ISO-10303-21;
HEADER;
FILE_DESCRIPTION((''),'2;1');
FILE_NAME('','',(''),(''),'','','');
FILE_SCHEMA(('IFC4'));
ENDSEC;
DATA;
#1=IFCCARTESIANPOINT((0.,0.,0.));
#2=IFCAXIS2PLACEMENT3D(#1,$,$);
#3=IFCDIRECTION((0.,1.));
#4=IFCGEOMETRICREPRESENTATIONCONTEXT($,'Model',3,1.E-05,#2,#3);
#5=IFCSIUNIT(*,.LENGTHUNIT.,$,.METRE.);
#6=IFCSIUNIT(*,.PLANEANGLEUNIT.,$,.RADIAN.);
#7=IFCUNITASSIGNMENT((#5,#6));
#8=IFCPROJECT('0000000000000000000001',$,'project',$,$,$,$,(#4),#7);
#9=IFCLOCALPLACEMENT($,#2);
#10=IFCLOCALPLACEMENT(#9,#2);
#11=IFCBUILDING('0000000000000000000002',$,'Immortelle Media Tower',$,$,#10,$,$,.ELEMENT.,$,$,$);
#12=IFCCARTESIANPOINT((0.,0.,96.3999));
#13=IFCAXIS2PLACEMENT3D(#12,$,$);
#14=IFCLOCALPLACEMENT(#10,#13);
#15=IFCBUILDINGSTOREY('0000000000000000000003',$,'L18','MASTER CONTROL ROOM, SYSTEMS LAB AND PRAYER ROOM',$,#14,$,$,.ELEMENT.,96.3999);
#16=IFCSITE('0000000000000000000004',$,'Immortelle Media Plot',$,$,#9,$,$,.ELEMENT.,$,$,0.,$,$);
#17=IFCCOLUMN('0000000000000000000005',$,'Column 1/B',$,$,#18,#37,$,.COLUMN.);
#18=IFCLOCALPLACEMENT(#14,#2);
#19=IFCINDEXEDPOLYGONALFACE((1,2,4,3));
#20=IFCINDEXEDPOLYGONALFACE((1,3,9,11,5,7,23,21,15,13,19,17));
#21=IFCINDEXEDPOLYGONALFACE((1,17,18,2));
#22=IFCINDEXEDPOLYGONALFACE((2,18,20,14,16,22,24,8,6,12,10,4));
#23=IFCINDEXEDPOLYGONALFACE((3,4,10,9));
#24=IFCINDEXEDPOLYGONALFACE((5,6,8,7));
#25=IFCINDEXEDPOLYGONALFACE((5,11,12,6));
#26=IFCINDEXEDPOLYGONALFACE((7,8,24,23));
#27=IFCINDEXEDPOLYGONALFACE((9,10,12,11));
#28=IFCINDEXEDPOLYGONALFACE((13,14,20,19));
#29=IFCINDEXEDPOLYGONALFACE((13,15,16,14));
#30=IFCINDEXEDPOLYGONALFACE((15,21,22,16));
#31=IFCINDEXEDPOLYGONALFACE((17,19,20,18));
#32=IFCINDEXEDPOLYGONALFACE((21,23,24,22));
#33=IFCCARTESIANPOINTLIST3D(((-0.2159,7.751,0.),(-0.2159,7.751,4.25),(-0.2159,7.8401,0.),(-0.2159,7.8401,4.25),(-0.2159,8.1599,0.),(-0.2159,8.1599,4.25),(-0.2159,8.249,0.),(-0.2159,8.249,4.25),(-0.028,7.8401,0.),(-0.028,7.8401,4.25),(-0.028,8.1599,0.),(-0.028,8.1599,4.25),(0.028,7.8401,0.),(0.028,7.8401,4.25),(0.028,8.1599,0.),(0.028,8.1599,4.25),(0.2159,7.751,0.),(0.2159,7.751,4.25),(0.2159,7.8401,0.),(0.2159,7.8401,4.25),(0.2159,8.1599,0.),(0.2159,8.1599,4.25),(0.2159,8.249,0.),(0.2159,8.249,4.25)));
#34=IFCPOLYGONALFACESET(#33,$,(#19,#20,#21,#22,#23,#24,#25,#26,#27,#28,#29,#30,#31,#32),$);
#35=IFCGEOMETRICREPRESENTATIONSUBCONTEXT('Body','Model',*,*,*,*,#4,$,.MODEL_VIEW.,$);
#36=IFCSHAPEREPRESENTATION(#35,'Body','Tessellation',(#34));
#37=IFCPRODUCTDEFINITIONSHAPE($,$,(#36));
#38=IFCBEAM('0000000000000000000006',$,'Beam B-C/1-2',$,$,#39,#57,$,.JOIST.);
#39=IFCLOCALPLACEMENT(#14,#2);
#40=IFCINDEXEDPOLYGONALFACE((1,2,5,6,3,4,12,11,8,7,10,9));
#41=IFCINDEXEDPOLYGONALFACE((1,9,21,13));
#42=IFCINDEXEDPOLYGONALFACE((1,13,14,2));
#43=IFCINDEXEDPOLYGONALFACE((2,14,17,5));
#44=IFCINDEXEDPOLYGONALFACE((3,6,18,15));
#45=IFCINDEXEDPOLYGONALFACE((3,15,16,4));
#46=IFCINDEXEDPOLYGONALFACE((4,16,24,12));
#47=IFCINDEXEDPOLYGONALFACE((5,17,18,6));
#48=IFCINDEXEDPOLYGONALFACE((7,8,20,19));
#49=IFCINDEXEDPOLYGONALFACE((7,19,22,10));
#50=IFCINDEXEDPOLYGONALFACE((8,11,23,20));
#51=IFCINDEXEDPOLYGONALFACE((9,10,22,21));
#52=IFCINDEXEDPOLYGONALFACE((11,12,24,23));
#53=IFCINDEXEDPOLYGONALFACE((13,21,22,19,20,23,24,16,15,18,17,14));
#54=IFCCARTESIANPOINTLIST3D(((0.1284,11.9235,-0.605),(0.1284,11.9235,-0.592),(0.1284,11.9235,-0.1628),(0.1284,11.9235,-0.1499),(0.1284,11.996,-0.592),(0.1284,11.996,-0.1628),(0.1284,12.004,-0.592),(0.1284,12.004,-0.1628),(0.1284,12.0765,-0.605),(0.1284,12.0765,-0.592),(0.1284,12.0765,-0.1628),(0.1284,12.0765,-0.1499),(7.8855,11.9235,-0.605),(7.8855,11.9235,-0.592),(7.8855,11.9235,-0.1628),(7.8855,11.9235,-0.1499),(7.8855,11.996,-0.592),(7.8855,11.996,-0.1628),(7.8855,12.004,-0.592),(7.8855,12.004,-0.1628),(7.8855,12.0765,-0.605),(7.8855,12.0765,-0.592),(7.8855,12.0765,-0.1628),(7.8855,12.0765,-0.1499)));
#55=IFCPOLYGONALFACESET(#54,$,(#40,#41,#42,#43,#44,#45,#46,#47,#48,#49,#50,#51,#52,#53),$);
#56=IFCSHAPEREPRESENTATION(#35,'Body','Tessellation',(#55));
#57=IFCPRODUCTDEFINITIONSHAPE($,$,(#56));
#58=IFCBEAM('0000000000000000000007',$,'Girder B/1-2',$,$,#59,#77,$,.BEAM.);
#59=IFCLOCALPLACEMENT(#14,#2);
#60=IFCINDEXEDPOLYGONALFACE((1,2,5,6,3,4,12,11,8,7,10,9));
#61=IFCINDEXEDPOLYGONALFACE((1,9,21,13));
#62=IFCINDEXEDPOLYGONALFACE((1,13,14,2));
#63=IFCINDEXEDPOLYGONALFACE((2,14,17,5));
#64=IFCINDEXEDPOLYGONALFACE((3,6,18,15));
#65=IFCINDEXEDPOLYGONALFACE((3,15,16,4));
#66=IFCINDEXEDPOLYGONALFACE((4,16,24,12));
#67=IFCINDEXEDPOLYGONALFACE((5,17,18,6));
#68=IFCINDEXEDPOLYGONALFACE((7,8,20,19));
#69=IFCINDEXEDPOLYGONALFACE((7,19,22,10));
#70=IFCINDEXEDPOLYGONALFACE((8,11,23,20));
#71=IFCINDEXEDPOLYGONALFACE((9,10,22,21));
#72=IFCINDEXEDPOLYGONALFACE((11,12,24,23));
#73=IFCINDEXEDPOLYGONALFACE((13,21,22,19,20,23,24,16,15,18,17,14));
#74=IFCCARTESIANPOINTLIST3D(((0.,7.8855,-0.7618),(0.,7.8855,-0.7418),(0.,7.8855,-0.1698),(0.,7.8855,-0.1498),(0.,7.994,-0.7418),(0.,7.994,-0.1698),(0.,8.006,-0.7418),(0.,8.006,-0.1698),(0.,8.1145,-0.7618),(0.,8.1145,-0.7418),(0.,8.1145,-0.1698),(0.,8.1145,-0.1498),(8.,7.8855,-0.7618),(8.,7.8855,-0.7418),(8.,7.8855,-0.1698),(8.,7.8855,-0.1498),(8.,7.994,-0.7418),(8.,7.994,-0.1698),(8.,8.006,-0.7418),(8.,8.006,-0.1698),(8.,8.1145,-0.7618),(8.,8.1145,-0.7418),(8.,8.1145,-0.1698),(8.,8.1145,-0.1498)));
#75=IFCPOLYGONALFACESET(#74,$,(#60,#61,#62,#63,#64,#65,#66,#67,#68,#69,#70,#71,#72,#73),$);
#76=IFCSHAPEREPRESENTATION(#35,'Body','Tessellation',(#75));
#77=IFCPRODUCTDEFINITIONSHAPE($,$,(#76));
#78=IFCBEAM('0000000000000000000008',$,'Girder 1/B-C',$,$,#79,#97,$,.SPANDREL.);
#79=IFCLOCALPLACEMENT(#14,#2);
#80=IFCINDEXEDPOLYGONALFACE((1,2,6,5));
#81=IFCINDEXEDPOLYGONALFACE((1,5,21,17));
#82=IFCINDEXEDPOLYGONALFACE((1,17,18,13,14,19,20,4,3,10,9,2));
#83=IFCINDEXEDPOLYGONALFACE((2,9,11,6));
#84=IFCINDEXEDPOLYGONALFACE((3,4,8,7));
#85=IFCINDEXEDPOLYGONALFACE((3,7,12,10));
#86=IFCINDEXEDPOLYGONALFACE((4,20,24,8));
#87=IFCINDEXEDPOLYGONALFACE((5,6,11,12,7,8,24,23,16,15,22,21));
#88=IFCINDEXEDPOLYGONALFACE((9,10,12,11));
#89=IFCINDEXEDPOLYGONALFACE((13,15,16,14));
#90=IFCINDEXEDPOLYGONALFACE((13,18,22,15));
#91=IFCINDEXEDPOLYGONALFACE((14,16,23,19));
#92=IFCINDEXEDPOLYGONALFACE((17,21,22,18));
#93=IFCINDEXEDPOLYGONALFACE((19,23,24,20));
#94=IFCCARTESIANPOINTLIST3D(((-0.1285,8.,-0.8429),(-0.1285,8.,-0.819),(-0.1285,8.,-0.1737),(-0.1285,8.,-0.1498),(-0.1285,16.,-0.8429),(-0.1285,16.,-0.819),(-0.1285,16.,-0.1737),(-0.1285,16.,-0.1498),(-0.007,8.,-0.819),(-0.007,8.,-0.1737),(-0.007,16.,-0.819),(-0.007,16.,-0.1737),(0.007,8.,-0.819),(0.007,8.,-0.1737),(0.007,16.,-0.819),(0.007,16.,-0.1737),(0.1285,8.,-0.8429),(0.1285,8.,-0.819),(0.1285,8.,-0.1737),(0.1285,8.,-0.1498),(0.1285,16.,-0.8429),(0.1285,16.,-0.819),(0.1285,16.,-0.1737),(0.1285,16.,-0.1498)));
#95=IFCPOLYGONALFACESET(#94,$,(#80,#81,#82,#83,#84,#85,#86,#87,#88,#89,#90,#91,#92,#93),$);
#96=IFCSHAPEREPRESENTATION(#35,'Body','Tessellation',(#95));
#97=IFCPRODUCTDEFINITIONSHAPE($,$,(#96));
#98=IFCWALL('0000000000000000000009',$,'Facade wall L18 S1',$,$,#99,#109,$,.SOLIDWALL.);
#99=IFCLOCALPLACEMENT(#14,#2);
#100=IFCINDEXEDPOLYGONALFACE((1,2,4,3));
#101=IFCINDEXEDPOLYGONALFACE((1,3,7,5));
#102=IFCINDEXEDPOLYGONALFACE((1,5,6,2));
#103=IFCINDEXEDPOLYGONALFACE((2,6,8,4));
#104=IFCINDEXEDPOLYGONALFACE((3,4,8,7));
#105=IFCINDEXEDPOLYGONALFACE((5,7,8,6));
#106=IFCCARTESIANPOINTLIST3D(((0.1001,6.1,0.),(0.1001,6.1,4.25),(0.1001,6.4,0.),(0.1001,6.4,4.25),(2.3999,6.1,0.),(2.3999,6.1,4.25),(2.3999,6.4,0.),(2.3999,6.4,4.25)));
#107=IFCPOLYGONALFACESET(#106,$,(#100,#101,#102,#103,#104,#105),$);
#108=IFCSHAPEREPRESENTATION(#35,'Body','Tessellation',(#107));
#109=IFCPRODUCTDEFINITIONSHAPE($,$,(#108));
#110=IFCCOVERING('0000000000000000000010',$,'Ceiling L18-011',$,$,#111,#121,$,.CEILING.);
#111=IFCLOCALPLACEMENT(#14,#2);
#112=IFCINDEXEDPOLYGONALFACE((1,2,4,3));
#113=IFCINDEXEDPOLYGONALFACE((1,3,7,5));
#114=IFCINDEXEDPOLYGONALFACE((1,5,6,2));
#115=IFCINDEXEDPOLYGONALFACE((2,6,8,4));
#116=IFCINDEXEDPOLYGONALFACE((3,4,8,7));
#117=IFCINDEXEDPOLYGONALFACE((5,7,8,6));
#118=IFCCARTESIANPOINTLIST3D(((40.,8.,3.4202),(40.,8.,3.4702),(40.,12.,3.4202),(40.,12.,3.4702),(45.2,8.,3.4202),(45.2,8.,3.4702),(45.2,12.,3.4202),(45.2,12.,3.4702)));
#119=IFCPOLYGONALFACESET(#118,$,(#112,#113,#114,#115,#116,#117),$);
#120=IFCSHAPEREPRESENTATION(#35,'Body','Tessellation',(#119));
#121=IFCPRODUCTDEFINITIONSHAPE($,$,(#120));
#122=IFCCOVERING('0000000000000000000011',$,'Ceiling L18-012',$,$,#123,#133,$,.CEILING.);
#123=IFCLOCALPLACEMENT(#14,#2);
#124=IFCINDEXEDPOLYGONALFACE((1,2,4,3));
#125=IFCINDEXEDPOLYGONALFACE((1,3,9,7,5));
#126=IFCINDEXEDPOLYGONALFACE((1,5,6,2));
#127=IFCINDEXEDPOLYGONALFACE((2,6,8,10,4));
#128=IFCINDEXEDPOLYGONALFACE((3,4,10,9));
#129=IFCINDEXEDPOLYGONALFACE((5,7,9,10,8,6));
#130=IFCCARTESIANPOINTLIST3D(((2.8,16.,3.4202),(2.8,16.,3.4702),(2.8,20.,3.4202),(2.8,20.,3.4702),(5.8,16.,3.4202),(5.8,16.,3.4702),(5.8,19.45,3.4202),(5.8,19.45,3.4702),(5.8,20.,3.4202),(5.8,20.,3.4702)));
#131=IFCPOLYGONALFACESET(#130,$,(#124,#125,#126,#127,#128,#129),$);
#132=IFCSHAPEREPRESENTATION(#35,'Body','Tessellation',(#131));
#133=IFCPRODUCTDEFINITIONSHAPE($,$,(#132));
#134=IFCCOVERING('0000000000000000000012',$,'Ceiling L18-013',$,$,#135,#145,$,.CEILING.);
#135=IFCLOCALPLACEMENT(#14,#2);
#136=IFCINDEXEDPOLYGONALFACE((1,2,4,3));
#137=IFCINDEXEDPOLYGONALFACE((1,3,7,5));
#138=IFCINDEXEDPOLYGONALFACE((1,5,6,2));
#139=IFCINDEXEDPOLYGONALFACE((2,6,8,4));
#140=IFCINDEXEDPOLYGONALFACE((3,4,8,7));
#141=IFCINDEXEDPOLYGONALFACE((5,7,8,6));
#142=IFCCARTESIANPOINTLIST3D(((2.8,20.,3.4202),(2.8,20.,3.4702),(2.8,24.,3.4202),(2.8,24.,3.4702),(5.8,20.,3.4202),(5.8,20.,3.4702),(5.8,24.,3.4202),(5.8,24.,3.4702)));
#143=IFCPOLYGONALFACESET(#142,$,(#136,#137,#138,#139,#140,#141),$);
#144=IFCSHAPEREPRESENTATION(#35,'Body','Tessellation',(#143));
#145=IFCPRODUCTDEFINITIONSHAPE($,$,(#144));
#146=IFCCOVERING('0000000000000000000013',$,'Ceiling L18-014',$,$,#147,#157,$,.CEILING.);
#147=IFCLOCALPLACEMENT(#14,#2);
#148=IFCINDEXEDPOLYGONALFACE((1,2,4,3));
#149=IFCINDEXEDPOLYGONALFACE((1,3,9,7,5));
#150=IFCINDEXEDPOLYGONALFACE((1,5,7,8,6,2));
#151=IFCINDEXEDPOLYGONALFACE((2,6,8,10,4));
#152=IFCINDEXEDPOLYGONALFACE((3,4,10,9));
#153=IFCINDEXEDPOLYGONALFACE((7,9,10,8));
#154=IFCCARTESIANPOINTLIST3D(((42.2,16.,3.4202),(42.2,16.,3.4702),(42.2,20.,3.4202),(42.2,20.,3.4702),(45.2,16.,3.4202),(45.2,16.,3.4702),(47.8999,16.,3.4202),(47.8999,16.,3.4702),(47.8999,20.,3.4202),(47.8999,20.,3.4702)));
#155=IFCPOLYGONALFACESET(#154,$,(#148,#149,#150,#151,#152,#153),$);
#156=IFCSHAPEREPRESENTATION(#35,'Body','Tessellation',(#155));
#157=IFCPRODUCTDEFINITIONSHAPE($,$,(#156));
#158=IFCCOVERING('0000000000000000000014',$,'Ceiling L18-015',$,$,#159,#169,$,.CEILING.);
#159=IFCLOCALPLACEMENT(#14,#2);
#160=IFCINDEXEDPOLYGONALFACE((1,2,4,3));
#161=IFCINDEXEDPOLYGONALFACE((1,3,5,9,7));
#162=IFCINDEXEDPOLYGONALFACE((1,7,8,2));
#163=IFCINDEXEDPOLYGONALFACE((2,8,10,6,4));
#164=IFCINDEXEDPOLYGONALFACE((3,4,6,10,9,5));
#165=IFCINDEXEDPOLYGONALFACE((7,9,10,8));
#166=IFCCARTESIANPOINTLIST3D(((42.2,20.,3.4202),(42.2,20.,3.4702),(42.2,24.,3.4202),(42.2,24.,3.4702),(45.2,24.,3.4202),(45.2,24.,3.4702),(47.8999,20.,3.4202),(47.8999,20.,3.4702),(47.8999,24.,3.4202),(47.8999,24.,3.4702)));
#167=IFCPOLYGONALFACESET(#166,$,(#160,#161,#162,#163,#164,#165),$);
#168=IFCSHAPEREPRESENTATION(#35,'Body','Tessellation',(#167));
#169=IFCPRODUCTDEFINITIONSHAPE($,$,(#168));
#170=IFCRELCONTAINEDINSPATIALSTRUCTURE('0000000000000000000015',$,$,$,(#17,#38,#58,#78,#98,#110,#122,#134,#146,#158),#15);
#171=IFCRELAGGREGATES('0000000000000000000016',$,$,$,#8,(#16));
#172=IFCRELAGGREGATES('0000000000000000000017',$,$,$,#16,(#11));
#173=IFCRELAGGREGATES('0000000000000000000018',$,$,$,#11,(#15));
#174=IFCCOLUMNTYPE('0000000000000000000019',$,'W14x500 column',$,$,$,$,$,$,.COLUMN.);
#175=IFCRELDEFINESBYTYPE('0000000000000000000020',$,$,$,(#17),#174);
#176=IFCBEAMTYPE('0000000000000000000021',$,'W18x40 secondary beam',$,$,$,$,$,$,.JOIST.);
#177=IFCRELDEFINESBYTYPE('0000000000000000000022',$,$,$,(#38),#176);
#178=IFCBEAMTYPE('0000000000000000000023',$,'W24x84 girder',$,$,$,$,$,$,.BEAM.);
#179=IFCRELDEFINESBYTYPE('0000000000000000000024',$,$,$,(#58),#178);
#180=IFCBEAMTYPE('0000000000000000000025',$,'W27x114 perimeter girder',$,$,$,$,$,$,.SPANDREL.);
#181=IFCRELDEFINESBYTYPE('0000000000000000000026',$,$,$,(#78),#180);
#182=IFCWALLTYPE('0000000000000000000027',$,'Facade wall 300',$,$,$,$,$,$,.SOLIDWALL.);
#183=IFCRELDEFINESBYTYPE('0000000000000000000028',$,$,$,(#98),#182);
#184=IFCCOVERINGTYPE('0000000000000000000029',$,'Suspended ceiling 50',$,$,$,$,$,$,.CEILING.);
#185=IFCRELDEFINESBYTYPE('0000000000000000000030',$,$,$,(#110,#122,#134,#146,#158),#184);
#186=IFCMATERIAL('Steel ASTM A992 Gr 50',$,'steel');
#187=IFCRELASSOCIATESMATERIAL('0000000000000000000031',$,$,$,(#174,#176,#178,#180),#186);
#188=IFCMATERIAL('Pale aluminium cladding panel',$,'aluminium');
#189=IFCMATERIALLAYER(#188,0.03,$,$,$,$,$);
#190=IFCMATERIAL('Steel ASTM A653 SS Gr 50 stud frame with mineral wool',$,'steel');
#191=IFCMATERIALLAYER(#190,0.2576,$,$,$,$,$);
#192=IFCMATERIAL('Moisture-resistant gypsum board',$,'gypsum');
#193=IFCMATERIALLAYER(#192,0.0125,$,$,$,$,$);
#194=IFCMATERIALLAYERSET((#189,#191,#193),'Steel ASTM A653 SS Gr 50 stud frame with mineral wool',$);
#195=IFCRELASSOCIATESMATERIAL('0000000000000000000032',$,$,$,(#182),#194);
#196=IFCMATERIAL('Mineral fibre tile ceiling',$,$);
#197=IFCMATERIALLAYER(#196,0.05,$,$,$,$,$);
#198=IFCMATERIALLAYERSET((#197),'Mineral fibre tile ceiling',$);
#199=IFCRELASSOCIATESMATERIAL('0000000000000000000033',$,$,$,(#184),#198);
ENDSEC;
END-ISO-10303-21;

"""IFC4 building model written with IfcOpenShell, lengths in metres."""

from ifc_helpers import new_model, si_unit, direction, frame, frame_2d, origin, origin_2d, place, context, subcontext, project, spatial, polyline, rectangle, i_section, outline, extrude, material, layer, layer_set, material_profile, profile_set, type_object, element, save


model = new_model("IFC4")

# Units and contexts
model_context = context("Model", 3, precision=1e-05, world=origin(), true_north=direction((0.0, 1.0)))
body_context = subcontext(model_context, "Body", "Model", "MODEL_VIEW")
ifc_project = project(units=[si_unit("LENGTHUNIT", "METRE"), si_unit("PLANEANGLEUNIT", "RADIAN")], contexts=[model_context])

# Site, building, storey
site_placement = place(None, origin())
site = spatial("IfcSite", under=ifc_project, at=site_placement, Name="Immortelle Media Plot", CompositionType="ELEMENT", RefElevation=0.0)
building_placement = place(site_placement, origin())
building = spatial("IfcBuilding", under=site, at=building_placement, Name="Immortelle Media Tower", CompositionType="ELEMENT")
storey_placement = place(building_placement, frame((0.0, 0.0, 96.3999)))
storey = spatial("IfcBuildingStorey", under=building, at=storey_placement, Name="L18", Description="MASTER CONTROL ROOM, SYSTEMS LAB AND PRAYER ROOM", CompositionType="ELEMENT", Elevation=96.3999)

# Column
ifc_material_1 = material(Name="Steel ASTM A992 Gr 50", Category="steel")
ifc_material_profile_1 = material_profile(ifc_material_1, i_section(OverallWidth=0.4319, OverallDepth=0.498, WebThickness=0.0559, FlangeThickness=0.0891, at=origin_2d()), Name="W14x500")
ifc_profile_set_1 = profile_set([ifc_material_profile_1], Name="Steel ASTM A992 Gr 50")
column_type = type_object("IfcColumnType", Name="W14x500 column", PredefinedType="COLUMN", material=ifc_profile_set_1)
column_placement = place(storey_placement, frame((0.0, 8.0, 0.0), z_axis=(0.0, 0.0, 1.0), x_axis=(1.0, 0.0, 0.0)))
element("IfcColumn", 1, at=column_placement, inside=storey, type_object=column_type, Name="Column 1/B", PredefinedType="COLUMN", context=body_context, shape_type="SweptSolid", body=[
    extrude(i_section(OverallWidth=0.4319, OverallDepth=0.498, WebThickness=0.0559, FlangeThickness=0.0891, at=origin_2d()), origin(), (0.0, 0.0, 1.0), 4.25),
])

# Beams
ifc_material_profile_2 = material_profile(ifc_material_1, i_section(OverallWidth=0.1531, OverallDepth=0.4551, WebThickness=0.0081, FlangeThickness=0.0129, at=origin_2d()), Name="W18x40")
ifc_profile_set_2 = profile_set([ifc_material_profile_2], Name="Steel ASTM A992 Gr 50")
beam_type_1 = type_object("IfcBeamType", Name="W18x40 secondary beam", PredefinedType="JOIST", material=ifc_profile_set_2)
beam_1_placement = place(storey_placement, frame((0.1284, 12.0, -0.3774), z_axis=(1.0, 0.0, 0.0), x_axis=(0.0, 1.0, 0.0)))
element("IfcBeam", 2, at=beam_1_placement, inside=storey, type_object=beam_type_1, Name="Beam B-C/1-2", PredefinedType="JOIST", context=body_context, shape_type="SweptSolid", body=[
    extrude(i_section(OverallWidth=0.1531, OverallDepth=0.4551, WebThickness=0.0081, FlangeThickness=0.0129, at=origin_2d()), origin(), (0.0, 0.0, 1.0), 7.7571),
])
ifc_material_profile_3 = material_profile(ifc_material_1, i_section(OverallWidth=0.229, OverallDepth=0.6121, WebThickness=0.012, FlangeThickness=0.02, at=origin_2d()), Name="W24x84")
ifc_profile_set_3 = profile_set([ifc_material_profile_3], Name="Steel ASTM A992 Gr 50")
beam_type_2 = type_object("IfcBeamType", Name="W24x84 girder", PredefinedType="BEAM", material=ifc_profile_set_3)
beam_2_placement = place(storey_placement, frame((0.0, 8.0, -0.4558), z_axis=(1.0, 0.0, 0.0), x_axis=(0.0, 1.0, 0.0)))
element("IfcBeam", 3, at=beam_2_placement, inside=storey, type_object=beam_type_2, Name="Girder B/1-2", PredefinedType="BEAM", context=body_context, shape_type="SweptSolid", body=[
    extrude(i_section(OverallWidth=0.229, OverallDepth=0.6121, WebThickness=0.012, FlangeThickness=0.02, at=origin_2d()), origin(), (0.0, 0.0, 1.0), 8.0),
])
ifc_material_profile_4 = material_profile(ifc_material_1, i_section(OverallWidth=0.2571, OverallDepth=0.6931, WebThickness=0.0139, FlangeThickness=0.0239, at=origin_2d()), Name="W27x114")
ifc_profile_set_4 = profile_set([ifc_material_profile_4], Name="Steel ASTM A992 Gr 50")
beam_type_3 = type_object("IfcBeamType", Name="W27x114 perimeter girder", PredefinedType="SPANDREL", material=ifc_profile_set_4)
beam_3_placement = place(storey_placement, frame((0.0, 8.0, -0.4963), z_axis=(0.0, 1.0, 0.0), x_axis=(-1.0, 0.0, 0.0)))
element("IfcBeam", 4, at=beam_3_placement, inside=storey, type_object=beam_type_3, Name="Girder 1/B-C", PredefinedType="SPANDREL", context=body_context, shape_type="SweptSolid", body=[
    extrude(i_section(OverallWidth=0.2571, OverallDepth=0.6931, WebThickness=0.0139, FlangeThickness=0.0239, at=origin_2d()), origin(), (0.0, 0.0, 1.0), 8.0),
])

# Wall
ifc_material_2 = material(Name="Pale aluminium cladding panel", Category="aluminium")
ifc_layer_1 = layer(ifc_material_2, 0.03)
ifc_material_3 = material(Name="Steel ASTM A653 SS Gr 50 stud frame with mineral wool", Category="steel")
ifc_layer_2 = layer(ifc_material_3, 0.2576)
ifc_material_4 = material(Name="Moisture-resistant gypsum board", Category="gypsum")
ifc_layer_3 = layer(ifc_material_4, 0.0125)
ifc_layer_set_1 = layer_set([ifc_layer_1, ifc_layer_2, ifc_layer_3], Name="Steel ASTM A653 SS Gr 50 stud frame with mineral wool")
wall_type = type_object("IfcWallType", Name="Facade wall 300", PredefinedType="SOLIDWALL", material=ifc_layer_set_1)
wall_placement = place(storey_placement, frame((0.1001, 6.25, 0.0), z_axis=(0.0, 0.0, 1.0), x_axis=(1.0, 0.0, 0.0)))
element("IfcWall", 5, at=wall_placement, inside=storey, type_object=wall_type, Name="Facade wall L18 S1", PredefinedType="SOLIDWALL", context=body_context, shape_type="SweptSolid", body=[
    extrude(rectangle(XDim=2.2998, YDim=0.3, at=frame_2d((1.1499, 0.0))), origin(), (0.0, 0.0, 1.0), 4.25),
])

# Coverings
ifc_material_5 = material(Name="Mineral fibre tile ceiling")
ifc_layer_4 = layer(ifc_material_5, 0.05)
ifc_layer_set_2 = layer_set([ifc_layer_4], Name="Mineral fibre tile ceiling")
covering_type = type_object("IfcCoveringType", Name="Suspended ceiling 50", PredefinedType="CEILING", material=ifc_layer_set_2)
covering_1_placement = place(storey_placement, frame((0.0, 0.0, 3.4202)))
element("IfcCovering", 6, at=covering_1_placement, inside=storey, type_object=covering_type, Name="Ceiling L18-011", PredefinedType="CEILING", context=body_context, shape_type="SweptSolid", body=[
    extrude(outline(polyline([(40.0, 8.0), (40.0, 12.0), (45.2, 12.0), (45.2, 8.0), (40.0, 8.0)])), origin(), (0.0, 0.0, 1.0), 0.05),
])
covering_2_placement = place(storey_placement, frame((0.0, 0.0, 3.4202)))
element("IfcCovering", 7, at=covering_2_placement, inside=storey, type_object=covering_type, Name="Ceiling L18-012", PredefinedType="CEILING", context=body_context, shape_type="SweptSolid", body=[
    extrude(outline(polyline([(5.8, 16.0), (2.8, 16.0), (2.8, 20.0), (5.8, 20.0), (5.8, 19.45), (5.8, 16.0)])), origin(), (0.0, 0.0, 1.0), 0.05),
])
covering_3_placement = place(storey_placement, frame((0.0, 0.0, 3.4202)))
element("IfcCovering", 8, at=covering_3_placement, inside=storey, type_object=covering_type, Name="Ceiling L18-013", PredefinedType="CEILING", context=body_context, shape_type="SweptSolid", body=[
    extrude(outline(polyline([(2.8, 24.0), (5.8, 24.0), (5.8, 20.0), (2.8, 20.0), (2.8, 24.0)])), origin(), (0.0, 0.0, 1.0), 0.05),
])
covering_4_placement = place(storey_placement, frame((0.0, 0.0, 3.4202)))
element("IfcCovering", 9, at=covering_4_placement, inside=storey, type_object=covering_type, Name="Ceiling L18-014", PredefinedType="CEILING", context=body_context, shape_type="SweptSolid", body=[
    extrude(outline(polyline([(42.2, 16.0), (42.2, 20.0), (47.8999, 20.0), (47.8999, 16.0), (45.2, 16.0), (42.2, 16.0)])), origin(), (0.0, 0.0, 1.0), 0.05),
])
covering_5_placement = place(storey_placement, frame((0.0, 0.0, 3.4202)))
element("IfcCovering", 10, at=covering_5_placement, inside=storey, type_object=covering_type, Name="Ceiling L18-015", PredefinedType="CEILING", context=body_context, shape_type="SweptSolid", body=[
    extrude(outline(polyline([(42.2, 24.0), (45.2, 24.0), (47.8999, 24.0), (47.8999, 20.0), (42.2, 20.0), (42.2, 24.0)])), origin(), (0.0, 0.0, 1.0), 0.05),
])

save(model, "model.ifc")
